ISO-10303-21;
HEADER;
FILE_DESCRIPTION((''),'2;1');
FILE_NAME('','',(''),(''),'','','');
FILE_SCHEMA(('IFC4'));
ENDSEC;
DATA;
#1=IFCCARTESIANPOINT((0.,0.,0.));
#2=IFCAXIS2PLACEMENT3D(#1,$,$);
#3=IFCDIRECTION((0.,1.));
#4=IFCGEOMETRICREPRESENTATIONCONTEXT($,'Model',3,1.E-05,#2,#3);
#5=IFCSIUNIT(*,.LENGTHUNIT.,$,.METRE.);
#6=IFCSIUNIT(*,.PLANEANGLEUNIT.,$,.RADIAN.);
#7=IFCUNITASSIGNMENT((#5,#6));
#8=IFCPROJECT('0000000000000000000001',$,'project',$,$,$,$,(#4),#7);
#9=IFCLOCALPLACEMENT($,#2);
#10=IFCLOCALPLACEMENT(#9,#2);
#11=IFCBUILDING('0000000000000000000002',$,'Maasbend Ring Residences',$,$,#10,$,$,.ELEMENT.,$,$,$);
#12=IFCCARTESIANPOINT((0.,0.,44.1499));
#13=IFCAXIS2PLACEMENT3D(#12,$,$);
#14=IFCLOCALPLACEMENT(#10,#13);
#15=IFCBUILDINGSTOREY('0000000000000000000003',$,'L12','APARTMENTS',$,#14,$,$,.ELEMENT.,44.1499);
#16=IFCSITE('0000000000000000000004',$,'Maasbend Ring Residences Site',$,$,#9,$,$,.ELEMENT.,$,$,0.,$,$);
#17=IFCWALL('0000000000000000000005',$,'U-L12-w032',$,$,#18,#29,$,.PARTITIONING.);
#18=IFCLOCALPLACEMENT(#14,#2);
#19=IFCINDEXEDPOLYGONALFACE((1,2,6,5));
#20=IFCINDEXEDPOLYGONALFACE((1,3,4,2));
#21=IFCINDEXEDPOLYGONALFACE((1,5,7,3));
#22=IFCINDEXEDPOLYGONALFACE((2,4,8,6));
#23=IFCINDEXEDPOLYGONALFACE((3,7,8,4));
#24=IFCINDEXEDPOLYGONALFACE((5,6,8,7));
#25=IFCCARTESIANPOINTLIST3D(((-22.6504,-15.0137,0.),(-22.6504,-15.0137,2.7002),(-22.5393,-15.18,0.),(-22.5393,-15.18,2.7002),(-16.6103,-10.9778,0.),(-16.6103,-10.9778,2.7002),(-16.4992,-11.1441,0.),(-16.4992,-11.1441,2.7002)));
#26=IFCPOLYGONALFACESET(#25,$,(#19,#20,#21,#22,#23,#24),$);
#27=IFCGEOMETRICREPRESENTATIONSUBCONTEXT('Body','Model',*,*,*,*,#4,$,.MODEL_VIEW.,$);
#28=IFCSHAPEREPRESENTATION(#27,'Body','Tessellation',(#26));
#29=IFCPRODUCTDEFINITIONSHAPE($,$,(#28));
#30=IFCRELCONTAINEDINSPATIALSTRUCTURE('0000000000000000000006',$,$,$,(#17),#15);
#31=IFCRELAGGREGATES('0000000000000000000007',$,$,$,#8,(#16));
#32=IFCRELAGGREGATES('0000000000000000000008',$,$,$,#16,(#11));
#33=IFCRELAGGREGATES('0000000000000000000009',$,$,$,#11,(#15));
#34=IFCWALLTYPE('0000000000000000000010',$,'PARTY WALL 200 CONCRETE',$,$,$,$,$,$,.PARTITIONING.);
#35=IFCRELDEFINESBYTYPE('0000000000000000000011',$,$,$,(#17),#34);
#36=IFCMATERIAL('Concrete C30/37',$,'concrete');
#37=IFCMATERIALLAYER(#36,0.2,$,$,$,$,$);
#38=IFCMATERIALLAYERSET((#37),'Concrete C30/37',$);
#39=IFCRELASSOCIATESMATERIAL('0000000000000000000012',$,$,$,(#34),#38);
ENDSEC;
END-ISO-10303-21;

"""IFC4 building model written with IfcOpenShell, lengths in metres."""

from ifc_helpers import new_model, si_unit, direction, frame, frame_2d, origin, place, context, subcontext, project, spatial, rectangle, extrude, material, layer, layer_set, type_object, element, save


model = new_model("IFC4")

# Units and contexts
model_context = context("Model", 3, precision=1e-05, world=origin(), true_north=direction((0.0, 1.0)))
body_context = subcontext(model_context, "Body", "Model", "MODEL_VIEW")
ifc_project = project(units=[si_unit("LENGTHUNIT", "METRE"), si_unit("PLANEANGLEUNIT", "RADIAN")], contexts=[model_context])

# Site, building, storey
site_placement = place(None, origin())
site = spatial("IfcSite", under=ifc_project, at=site_placement, Name="Maasbend Ring Residences Site", CompositionType="ELEMENT", RefElevation=0.0)
building_placement = place(site_placement, origin())
building = spatial("IfcBuilding", under=site, at=building_placement, Name="Maasbend Ring Residences", CompositionType="ELEMENT")
storey_placement = place(building_placement, frame((0.0, 0.0, 44.1499)))
storey = spatial("IfcBuildingStorey", under=building, at=storey_placement, Name="L12", Description="APARTMENTS", CompositionType="ELEMENT", Elevation=44.1499)

# Wall
ifc_material_1 = material(Name="Concrete C30/37", Category="concrete")
ifc_layer_1 = layer(ifc_material_1, 0.2)
ifc_layer_set_1 = layer_set([ifc_layer_1], Name="Concrete C30/37")
wall_type_1 = type_object("IfcWallType", Name="PARTY WALL 200 CONCRETE", PredefinedType="PARTITIONING", material=ifc_layer_set_1)
wall_1_placement = place(storey_placement, frame((-22.595, -15.0969, 0.0), z_axis=(0.0, 0.0, 1.0), x_axis=(0.831466, 0.555576, 0.0)))
element("IfcWall", 1, at=wall_1_placement, inside=storey, type_object=wall_type_1, Name="U-L12-w032", PredefinedType="PARTITIONING", context=body_context, shape_type="SweptSolid", body=[
    extrude(rectangle(XDim=7.2644, YDim=0.2, at=frame_2d((3.6323, 0.0))), origin(), (0.0, 0.0, 1.0), 2.7002),
])

save(model, "model.ifc")
